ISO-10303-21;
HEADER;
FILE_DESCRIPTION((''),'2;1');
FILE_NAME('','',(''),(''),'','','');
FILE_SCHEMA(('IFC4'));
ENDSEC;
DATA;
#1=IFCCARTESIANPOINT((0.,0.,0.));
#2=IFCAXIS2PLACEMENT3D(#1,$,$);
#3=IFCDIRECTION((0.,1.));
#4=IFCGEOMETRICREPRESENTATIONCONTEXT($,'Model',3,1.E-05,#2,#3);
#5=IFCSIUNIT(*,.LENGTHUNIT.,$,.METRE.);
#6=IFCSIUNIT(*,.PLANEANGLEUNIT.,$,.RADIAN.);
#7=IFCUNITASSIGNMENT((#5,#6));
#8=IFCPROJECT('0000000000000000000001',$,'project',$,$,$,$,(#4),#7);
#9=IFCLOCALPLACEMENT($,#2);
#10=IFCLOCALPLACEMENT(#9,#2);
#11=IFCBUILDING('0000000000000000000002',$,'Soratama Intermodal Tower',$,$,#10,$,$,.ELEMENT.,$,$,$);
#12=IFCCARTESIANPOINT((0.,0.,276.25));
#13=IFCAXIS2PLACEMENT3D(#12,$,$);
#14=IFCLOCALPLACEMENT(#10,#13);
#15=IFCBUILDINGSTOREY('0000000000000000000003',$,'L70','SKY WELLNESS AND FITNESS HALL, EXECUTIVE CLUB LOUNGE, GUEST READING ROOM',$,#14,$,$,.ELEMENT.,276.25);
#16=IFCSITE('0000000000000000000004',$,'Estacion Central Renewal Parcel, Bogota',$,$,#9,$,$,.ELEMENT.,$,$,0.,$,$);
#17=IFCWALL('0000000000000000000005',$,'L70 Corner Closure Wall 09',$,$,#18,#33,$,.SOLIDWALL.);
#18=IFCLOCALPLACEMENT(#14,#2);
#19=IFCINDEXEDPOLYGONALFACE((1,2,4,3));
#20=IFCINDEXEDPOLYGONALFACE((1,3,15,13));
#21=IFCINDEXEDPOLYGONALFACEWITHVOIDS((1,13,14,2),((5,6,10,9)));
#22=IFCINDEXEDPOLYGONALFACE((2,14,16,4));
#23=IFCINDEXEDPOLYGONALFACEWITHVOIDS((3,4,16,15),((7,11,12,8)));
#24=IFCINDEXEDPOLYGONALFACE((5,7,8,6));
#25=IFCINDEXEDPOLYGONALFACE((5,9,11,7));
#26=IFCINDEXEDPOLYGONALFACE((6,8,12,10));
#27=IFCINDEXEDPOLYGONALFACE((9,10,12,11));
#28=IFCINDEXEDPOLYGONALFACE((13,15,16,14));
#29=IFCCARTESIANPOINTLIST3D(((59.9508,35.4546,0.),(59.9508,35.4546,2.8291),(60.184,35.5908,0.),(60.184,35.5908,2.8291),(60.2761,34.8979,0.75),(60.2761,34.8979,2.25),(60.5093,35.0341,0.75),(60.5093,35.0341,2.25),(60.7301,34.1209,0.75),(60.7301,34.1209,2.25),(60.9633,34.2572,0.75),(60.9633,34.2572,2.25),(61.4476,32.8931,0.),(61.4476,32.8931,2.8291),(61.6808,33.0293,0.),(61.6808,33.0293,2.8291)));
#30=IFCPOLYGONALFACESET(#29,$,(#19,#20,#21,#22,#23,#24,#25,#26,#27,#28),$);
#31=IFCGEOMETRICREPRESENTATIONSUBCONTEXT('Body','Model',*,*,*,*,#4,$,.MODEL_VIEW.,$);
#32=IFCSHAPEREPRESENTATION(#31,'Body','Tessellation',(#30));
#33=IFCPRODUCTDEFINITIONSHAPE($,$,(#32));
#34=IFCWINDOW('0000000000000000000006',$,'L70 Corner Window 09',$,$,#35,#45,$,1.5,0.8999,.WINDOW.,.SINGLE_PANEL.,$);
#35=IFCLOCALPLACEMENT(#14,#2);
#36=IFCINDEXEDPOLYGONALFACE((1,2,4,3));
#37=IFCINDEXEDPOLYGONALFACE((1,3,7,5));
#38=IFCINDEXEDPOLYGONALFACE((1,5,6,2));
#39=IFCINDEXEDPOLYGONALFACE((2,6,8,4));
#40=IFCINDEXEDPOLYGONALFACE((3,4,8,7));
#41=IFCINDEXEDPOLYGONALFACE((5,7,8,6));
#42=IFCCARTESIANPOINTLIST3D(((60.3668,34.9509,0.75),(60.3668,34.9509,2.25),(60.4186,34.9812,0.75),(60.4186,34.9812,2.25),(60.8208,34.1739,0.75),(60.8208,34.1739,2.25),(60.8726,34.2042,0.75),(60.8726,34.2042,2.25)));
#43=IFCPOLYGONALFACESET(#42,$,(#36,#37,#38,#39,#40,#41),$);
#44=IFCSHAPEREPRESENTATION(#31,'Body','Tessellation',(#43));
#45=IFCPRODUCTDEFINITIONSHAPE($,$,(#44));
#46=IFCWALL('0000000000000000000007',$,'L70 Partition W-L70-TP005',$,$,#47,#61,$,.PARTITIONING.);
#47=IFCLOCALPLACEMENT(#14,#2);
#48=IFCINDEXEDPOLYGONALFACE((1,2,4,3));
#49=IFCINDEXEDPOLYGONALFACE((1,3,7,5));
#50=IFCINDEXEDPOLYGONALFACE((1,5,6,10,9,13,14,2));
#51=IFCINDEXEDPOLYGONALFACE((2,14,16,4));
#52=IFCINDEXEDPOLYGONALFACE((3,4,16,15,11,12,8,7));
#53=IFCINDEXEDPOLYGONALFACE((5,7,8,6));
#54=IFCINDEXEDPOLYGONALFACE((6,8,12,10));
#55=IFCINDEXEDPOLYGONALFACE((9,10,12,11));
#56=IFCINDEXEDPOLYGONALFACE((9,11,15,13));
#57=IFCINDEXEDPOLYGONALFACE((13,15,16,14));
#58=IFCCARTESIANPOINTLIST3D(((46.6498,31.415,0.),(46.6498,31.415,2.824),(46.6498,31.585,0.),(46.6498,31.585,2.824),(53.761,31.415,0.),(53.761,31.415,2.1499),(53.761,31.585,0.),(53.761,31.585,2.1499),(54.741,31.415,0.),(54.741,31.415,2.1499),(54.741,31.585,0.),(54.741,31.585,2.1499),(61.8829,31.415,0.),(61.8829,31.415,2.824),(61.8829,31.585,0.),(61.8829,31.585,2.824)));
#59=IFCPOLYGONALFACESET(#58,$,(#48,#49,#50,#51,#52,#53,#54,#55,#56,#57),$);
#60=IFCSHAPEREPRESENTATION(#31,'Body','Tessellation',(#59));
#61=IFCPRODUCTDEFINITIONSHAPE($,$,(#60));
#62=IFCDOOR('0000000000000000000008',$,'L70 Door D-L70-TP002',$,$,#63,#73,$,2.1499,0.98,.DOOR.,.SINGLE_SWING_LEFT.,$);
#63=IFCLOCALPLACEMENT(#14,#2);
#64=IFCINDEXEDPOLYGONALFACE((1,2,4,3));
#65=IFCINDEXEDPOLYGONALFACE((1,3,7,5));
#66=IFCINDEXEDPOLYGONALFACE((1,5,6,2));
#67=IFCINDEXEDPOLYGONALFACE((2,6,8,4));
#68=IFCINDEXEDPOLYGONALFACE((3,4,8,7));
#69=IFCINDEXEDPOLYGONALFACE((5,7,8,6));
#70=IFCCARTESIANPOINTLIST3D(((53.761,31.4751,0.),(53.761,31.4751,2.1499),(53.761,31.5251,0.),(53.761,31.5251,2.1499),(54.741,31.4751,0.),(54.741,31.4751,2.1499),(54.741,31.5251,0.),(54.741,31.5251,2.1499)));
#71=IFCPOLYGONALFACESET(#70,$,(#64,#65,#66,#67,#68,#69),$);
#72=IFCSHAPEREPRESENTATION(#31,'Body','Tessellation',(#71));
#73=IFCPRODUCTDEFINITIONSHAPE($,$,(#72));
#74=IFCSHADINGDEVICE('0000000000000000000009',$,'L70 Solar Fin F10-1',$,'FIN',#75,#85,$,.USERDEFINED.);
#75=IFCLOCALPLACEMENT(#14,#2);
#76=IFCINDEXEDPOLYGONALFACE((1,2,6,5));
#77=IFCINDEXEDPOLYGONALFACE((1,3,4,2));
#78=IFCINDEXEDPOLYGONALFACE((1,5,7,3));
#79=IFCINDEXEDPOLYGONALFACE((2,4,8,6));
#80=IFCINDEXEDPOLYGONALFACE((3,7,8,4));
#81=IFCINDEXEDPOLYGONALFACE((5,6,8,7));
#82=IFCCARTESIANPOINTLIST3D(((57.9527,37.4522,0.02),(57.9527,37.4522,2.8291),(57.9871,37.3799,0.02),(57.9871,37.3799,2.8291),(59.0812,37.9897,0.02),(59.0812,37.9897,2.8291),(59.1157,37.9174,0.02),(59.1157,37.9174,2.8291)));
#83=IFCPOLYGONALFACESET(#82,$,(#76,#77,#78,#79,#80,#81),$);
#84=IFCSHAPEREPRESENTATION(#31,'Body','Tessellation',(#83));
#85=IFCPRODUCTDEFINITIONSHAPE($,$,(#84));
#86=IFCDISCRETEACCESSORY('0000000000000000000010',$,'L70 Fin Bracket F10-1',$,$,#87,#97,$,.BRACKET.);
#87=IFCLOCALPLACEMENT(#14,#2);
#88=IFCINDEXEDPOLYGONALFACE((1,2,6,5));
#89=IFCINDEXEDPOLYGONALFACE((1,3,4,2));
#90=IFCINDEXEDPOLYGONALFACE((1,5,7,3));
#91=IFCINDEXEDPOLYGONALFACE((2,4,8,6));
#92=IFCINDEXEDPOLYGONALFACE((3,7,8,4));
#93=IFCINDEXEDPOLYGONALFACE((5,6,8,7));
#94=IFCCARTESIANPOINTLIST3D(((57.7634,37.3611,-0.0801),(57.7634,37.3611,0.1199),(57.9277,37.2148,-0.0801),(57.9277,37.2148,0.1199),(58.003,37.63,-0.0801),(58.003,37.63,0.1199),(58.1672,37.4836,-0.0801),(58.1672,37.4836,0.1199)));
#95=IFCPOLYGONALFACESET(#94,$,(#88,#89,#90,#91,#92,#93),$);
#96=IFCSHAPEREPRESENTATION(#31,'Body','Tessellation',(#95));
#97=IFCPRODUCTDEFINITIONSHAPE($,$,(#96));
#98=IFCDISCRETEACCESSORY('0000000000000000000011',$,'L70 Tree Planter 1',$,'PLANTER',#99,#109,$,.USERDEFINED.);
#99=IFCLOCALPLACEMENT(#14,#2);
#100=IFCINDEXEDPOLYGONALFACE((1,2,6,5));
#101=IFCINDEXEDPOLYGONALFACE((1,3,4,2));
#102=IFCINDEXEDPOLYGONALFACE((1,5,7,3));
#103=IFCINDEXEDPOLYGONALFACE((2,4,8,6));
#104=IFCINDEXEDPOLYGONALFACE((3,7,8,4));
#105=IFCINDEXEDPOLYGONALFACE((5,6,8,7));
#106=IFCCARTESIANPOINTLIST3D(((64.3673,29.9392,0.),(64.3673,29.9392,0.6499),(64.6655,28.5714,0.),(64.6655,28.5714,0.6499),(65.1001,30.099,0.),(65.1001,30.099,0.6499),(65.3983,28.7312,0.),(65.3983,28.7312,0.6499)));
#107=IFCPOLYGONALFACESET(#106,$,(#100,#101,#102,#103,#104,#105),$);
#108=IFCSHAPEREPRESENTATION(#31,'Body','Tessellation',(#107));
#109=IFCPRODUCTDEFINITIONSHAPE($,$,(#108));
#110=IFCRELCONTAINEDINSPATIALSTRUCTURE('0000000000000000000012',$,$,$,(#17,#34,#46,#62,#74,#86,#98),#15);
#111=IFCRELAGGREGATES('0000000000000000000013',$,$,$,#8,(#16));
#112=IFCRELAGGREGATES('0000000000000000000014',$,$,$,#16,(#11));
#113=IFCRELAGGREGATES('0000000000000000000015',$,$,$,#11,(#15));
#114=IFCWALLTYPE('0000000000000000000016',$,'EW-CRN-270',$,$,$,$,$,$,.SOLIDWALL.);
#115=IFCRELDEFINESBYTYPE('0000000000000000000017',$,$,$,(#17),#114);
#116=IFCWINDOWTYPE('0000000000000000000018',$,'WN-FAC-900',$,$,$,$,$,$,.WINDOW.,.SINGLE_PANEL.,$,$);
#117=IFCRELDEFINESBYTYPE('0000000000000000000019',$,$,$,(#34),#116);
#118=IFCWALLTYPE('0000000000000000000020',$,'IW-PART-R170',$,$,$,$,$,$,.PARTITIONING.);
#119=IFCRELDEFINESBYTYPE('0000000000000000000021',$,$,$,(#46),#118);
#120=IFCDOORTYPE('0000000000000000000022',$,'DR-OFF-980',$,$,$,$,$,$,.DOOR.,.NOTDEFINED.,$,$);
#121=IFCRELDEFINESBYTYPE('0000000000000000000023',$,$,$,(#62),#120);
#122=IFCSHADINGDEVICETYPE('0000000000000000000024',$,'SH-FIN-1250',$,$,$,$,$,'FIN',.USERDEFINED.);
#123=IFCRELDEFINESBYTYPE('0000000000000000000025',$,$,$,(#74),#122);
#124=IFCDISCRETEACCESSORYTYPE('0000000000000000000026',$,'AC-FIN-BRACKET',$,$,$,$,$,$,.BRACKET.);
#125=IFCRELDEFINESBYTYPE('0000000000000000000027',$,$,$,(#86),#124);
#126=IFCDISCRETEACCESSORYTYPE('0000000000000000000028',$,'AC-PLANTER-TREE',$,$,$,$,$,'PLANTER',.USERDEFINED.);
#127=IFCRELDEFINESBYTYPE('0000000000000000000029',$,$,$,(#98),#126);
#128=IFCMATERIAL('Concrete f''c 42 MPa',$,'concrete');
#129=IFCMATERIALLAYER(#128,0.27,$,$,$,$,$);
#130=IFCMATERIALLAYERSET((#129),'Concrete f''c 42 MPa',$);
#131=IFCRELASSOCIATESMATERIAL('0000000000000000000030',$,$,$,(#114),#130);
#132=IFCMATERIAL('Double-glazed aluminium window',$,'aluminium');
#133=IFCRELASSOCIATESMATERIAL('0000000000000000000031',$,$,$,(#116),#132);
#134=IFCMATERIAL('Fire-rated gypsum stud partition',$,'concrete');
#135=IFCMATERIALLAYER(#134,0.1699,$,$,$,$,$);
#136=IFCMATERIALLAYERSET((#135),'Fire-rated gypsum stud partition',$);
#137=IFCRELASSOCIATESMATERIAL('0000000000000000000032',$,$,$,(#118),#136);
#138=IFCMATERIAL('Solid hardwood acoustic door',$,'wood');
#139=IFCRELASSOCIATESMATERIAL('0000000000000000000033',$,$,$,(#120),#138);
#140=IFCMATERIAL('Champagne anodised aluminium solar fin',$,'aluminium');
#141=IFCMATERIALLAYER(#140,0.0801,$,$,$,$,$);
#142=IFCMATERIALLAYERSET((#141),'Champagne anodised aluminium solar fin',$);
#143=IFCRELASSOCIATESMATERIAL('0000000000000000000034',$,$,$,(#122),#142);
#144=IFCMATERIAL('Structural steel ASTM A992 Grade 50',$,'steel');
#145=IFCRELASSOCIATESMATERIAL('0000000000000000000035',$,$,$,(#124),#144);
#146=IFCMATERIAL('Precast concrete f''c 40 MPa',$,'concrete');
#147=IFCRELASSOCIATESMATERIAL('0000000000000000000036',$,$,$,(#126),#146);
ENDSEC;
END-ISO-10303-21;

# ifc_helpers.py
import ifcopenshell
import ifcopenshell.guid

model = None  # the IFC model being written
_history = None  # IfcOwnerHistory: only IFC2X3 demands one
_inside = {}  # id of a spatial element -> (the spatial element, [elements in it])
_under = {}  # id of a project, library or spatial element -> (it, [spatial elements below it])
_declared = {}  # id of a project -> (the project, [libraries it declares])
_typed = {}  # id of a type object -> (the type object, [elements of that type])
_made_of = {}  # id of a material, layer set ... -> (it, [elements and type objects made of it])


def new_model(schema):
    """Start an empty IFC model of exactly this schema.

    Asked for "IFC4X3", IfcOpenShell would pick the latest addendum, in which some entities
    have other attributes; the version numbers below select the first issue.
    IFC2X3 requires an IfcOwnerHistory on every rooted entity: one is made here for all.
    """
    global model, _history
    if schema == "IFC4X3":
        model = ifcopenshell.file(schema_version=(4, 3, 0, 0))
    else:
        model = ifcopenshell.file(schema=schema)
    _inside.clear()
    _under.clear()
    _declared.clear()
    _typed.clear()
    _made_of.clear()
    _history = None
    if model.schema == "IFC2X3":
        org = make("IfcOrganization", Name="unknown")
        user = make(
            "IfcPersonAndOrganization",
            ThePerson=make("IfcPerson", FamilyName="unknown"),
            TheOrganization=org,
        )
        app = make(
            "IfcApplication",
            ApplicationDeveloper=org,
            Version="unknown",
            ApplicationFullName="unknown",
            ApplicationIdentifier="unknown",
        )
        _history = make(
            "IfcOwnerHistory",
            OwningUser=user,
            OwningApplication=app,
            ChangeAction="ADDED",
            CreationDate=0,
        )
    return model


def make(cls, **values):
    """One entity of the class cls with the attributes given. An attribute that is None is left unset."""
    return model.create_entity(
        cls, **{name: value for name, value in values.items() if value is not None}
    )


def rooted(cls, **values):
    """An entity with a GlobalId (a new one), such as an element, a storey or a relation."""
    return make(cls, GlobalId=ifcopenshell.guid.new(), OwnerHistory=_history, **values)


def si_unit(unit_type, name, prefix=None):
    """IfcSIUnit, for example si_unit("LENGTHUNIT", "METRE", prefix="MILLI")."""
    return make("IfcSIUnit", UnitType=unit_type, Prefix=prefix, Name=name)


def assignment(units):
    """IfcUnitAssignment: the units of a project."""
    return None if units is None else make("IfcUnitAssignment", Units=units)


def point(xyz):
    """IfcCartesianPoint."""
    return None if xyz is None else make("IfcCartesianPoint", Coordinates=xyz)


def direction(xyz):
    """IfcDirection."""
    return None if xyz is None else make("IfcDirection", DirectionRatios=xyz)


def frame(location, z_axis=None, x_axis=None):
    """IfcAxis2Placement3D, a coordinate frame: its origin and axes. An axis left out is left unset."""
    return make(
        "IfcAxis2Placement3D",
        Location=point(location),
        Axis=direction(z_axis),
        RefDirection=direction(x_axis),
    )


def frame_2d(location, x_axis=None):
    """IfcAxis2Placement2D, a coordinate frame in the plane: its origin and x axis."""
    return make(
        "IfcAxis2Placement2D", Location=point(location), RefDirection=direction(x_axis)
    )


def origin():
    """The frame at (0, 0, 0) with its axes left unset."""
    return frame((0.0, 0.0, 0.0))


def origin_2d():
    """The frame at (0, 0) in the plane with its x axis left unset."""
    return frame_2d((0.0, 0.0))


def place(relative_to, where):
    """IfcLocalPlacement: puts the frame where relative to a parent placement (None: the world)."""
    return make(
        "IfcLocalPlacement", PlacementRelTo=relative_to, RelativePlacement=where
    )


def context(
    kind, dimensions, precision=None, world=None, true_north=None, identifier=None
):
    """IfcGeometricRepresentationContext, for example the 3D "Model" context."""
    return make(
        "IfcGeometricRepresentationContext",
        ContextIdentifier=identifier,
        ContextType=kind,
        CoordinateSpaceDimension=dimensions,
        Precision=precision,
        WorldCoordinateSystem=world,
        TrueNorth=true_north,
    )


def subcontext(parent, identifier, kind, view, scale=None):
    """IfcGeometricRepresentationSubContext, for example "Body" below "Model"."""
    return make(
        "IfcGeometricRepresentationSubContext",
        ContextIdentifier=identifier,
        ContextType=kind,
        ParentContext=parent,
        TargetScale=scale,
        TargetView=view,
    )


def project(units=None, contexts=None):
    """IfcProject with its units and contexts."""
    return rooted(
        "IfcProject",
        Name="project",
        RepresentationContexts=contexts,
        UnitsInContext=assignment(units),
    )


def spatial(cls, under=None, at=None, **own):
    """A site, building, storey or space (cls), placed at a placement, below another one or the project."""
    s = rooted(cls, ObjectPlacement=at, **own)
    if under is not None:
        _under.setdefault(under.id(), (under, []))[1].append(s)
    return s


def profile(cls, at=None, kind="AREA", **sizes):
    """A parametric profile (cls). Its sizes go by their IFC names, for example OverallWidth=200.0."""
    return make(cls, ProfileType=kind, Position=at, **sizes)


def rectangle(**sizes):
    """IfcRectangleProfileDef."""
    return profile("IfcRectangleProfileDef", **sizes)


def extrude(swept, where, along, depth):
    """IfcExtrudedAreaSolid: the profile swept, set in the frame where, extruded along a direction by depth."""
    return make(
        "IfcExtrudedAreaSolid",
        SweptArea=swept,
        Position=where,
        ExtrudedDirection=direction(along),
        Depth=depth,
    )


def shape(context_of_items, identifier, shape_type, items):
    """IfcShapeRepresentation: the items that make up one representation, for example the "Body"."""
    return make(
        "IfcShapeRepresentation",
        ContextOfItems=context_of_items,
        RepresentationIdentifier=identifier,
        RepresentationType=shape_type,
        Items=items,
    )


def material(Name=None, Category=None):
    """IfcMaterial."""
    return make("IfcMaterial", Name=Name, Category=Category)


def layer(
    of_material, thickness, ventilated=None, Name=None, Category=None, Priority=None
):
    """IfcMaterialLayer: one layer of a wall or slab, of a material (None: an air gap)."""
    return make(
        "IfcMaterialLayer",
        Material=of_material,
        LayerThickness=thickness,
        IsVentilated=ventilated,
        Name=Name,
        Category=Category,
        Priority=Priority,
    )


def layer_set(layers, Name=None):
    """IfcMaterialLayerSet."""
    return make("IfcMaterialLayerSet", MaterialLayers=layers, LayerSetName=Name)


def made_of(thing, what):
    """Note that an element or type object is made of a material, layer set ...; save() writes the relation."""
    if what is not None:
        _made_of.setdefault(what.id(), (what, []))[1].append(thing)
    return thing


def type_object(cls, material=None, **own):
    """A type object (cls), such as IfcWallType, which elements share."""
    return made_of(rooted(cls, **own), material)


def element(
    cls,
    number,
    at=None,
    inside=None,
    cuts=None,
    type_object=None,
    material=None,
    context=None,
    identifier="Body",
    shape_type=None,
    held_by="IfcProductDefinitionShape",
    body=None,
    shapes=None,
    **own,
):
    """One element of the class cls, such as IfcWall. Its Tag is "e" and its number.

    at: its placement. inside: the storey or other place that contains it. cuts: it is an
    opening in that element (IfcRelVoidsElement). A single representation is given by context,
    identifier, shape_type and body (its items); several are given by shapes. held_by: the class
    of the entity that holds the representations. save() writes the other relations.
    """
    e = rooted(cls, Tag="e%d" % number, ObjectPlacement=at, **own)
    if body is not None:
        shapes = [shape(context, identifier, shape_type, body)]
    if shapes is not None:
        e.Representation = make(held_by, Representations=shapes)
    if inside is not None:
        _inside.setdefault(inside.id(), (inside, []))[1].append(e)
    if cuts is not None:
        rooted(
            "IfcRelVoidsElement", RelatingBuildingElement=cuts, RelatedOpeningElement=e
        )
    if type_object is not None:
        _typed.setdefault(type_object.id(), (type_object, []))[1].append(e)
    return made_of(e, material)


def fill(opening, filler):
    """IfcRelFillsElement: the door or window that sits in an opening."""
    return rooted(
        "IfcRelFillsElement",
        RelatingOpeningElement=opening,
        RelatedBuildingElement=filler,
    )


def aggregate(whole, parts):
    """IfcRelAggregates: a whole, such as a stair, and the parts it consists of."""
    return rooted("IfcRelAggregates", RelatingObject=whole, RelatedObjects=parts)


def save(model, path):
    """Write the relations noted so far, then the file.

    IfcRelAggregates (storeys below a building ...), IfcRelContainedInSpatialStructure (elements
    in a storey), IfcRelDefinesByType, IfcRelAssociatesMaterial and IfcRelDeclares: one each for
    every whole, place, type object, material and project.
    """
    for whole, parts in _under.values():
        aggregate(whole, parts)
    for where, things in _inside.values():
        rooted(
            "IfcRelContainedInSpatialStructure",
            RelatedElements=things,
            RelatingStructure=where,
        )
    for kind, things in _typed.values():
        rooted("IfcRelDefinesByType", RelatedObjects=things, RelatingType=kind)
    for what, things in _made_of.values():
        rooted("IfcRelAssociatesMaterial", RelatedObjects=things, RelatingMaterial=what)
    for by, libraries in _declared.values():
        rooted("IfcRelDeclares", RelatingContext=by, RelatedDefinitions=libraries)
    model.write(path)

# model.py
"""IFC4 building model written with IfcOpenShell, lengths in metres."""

from ifc_helpers import new_model, si_unit, direction, frame, frame_2d, origin, origin_2d, place, context, subcontext, project, spatial, rectangle, extrude, material, layer, layer_set, type_object, element, fill, save


model = new_model("IFC4")

# Units and contexts
model_context = context("Model", 3, precision=1e-05, world=origin(), true_north=direction((0.0, 1.0)))
body_context = subcontext(model_context, "Body", "Model", "MODEL_VIEW")
ifc_project = project(units=[si_unit("LENGTHUNIT", "METRE"), si_unit("PLANEANGLEUNIT", "RADIAN")], contexts=[model_context])

# Site, building, storey
site_placement = place(None, origin())
site = spatial("IfcSite", under=ifc_project, at=site_placement, Name="Estacion Central Renewal Parcel, Bogota", CompositionType="ELEMENT", RefElevation=0.0)
building_placement = place(site_placement, origin())
building = spatial("IfcBuilding", under=site, at=building_placement, Name="Soratama Intermodal Tower", CompositionType="ELEMENT")
storey_placement = place(building_placement, frame((0.0, 0.0, 276.25)))
storey = spatial("IfcBuildingStorey", under=building, at=storey_placement, Name="L70", Description="SKY WELLNESS AND FITNESS HALL, EXECUTIVE CLUB LOUNGE, GUEST READING ROOM", CompositionType="ELEMENT", Elevation=276.25)

# Wall, opening, window
ifc_material_1 = material(Name="Concrete f'c 42 MPa", Category="concrete")
ifc_layer_1 = layer(ifc_material_1, 0.27)
ifc_layer_set_1 = layer_set([ifc_layer_1], Name="Concrete f'c 42 MPa")
wall_type_1 = type_object("IfcWallType", Name="EW-CRN-270", PredefinedType="SOLIDWALL", material=ifc_layer_set_1)
wall_1_placement = place(storey_placement, frame((61.5642, 32.9612, 0.0), z_axis=(0.0, 0.0, 1.0), x_axis=(-0.504526, 0.863397, 0.0)))
wall_1 = element("IfcWall", 1, at=wall_1_placement, inside=storey, type_object=wall_type_1, Name="L70 Corner Closure Wall 09", PredefinedType="SOLIDWALL", context=body_context, shape_type="SweptSolid", body=[
    extrude(rectangle(XDim=2.9668, YDim=0.27, at=frame_2d((1.4834, 0.0))), origin(), (0.0, 0.0, 1.0), 2.8291),
])
opening_1_placement = place(wall_1_placement, frame((1.4221, 0.0, 0.75)))
opening_1 = element("IfcOpeningElement", 2, at=opening_1_placement, cuts=wall_1, PredefinedType="OPENING", context=body_context, shape_type="SweptSolid", body=[
    extrude(rectangle(XDim=0.8999, YDim=1.5, at=frame_2d((0.45, 0.75))), frame((0.0, 0.145, 0.0), z_axis=(0.0, -1.0, 0.0), x_axis=(1.0, 0.0, 0.0)), (0.0, 0.0, 1.0), 0.29),
])
ifc_material_2 = material(Name="Double-glazed aluminium window", Category="aluminium")
window_type = type_object("IfcWindowType", Name="WN-FAC-900", PartitioningType="SINGLE_PANEL", PredefinedType="WINDOW", material=ifc_material_2)
window_placement = place(opening_1_placement, origin())
window = element("IfcWindow", 3, at=window_placement, inside=storey, type_object=window_type, Name="L70 Corner Window 09", OverallHeight=1.5, OverallWidth=0.8999, PartitioningType="SINGLE_PANEL", PredefinedType="WINDOW", context=body_context, shape_type="SweptSolid", body=[
    extrude(rectangle(XDim=0.8999, YDim=1.5, at=frame_2d((0.45, 0.75))), frame((0.0, 0.03, 0.0), z_axis=(0.0, -1.0, 0.0), x_axis=(1.0, 0.0, 0.0)), (0.0, 0.0, 1.0), 0.0601),
])
fill(opening_1, window)

# Wall, opening, door
ifc_material_3 = material(Name="Fire-rated gypsum stud partition", Category="concrete")
ifc_layer_2 = layer(ifc_material_3, 0.1699)
ifc_layer_set_2 = layer_set([ifc_layer_2], Name="Fire-rated gypsum stud partition")
wall_type_2 = type_object("IfcWallType", Name="IW-PART-R170", PredefinedType="PARTITIONING", material=ifc_layer_set_2)
wall_2_placement = place(storey_placement, frame((61.8831, 31.5, 0.0), z_axis=(0.0, 0.0, 1.0), x_axis=(-1.0, 0.0, 0.0)))
wall_2 = element("IfcWall", 4, at=wall_2_placement, inside=storey, type_object=wall_type_2, Name="L70 Partition W-L70-TP005", PredefinedType="PARTITIONING", context=body_context, shape_type="SweptSolid", body=[
    extrude(rectangle(XDim=15.2332, YDim=0.1699, at=frame_2d((7.6167, 0.0))), origin(), (0.0, 0.0, 1.0), 2.824),
])
opening_2_placement = place(wall_2_placement, frame((7.1421, 0.0, 0.0)))
opening_2 = element("IfcOpeningElement", 5, at=opening_2_placement, cuts=wall_2, PredefinedType="OPENING", context=body_context, shape_type="SweptSolid", body=[
    extrude(rectangle(XDim=0.98, YDim=2.1499, at=frame_2d((0.49, 1.075))), frame((0.0, 0.095, 0.0), z_axis=(0.0, -1.0, 0.0), x_axis=(1.0, 0.0, 0.0)), (0.0, 0.0, 1.0), 0.1899),
])
ifc_material_4 = material(Name="Solid hardwood acoustic door", Category="wood")
door_type = type_object("IfcDoorType", Name="DR-OFF-980", OperationType="NOTDEFINED", PredefinedType="DOOR", material=ifc_material_4)
door_placement = place(opening_2_placement, origin())
door = element("IfcDoor", 6, at=door_placement, inside=storey, type_object=door_type, Name="L70 Door D-L70-TP002", OperationType="SINGLE_SWING_LEFT", OverallHeight=2.1499, OverallWidth=0.98, PredefinedType="DOOR", context=body_context, shape_type="SweptSolid", body=[
    extrude(rectangle(XDim=0.98, YDim=2.1499, at=frame_2d((0.49, 1.075))), frame((0.0, 0.0249, 0.0), z_axis=(0.0, -1.0, 0.0), x_axis=(1.0, 0.0, 0.0)), (0.0, 0.0, 1.0), 0.05),
])
fill(opening_2, door)

# Shading device
ifc_material_5 = material(Name="Champagne anodised aluminium solar fin", Category="aluminium")
ifc_layer_3 = layer(ifc_material_5, 0.0801)
ifc_layer_set_3 = layer_set([ifc_layer_3], Name="Champagne anodised aluminium solar fin")
shading_device_type = type_object("IfcShadingDeviceType", Name="SH-FIN-1250", ElementType="FIN", PredefinedType="USERDEFINED", material=ifc_layer_set_3)
shading_device_placement = place(storey_placement, frame((58.5342, 37.6848, 0.02), z_axis=(0.0, 0.0, 1.0), x_axis=(0.902811, 0.430038, 0.0)))
element("IfcShadingDevice", 7, at=shading_device_placement, inside=storey, type_object=shading_device_type, Name="L70 Solar Fin F10-1", ObjectType="FIN", PredefinedType="USERDEFINED", context=body_context, shape_type="SweptSolid", body=[
    extrude(rectangle(XDim=1.25, YDim=0.0801, at=origin_2d()), origin(), (0.0, 0.0, 1.0), 2.8091),
])

# Discrete accessories
ifc_material_6 = material(Name="Structural steel ASTM A992 Grade 50", Category="steel")
discrete_accessory_type_1 = type_object("IfcDiscreteAccessoryType", Name="AC-FIN-BRACKET", PredefinedType="BRACKET", material=ifc_material_6)
discrete_accessory_1_placement = place(storey_placement, frame((57.9653, 37.4224, -0.0801), z_axis=(0.0, 0.0, 1.0), x_axis=(0.66523, 0.746638, 0.0)))
element("IfcDiscreteAccessory", 8, at=discrete_accessory_1_placement, inside=storey, type_object=discrete_accessory_type_1, Name="L70 Fin Bracket F10-1", PredefinedType="BRACKET", context=body_context, shape_type="SweptSolid", body=[
    extrude(rectangle(XDim=0.3601, YDim=0.22, at=origin_2d()), origin(), (0.0, 0.0, 1.0), 0.2),
])
ifc_material_7 = material(Name="Precast concrete f'c 40 MPa", Category="concrete")
discrete_accessory_type_2 = type_object("IfcDiscreteAccessoryType", Name="AC-PLANTER-TREE", ElementType="PLANTER", PredefinedType="USERDEFINED", material=ifc_material_7)
discrete_accessory_2_placement = place(storey_placement, frame((64.8828, 29.3352, 0.0), z_axis=(0.0, 0.0, 1.0), x_axis=(0.977046, 0.21303, 0.0)))
element("IfcDiscreteAccessory", 9, at=discrete_accessory_2_placement, inside=storey, type_object=discrete_accessory_type_2, Name="L70 Tree Planter 1", ObjectType="PLANTER", PredefinedType="USERDEFINED", context=body_context, shape_type="SweptSolid", body=[
    extrude(rectangle(XDim=0.75, YDim=1.3999, at=origin_2d()), origin(), (0.0, 0.0, 1.0), 0.6499),
])

save(model, "model.ifc")
